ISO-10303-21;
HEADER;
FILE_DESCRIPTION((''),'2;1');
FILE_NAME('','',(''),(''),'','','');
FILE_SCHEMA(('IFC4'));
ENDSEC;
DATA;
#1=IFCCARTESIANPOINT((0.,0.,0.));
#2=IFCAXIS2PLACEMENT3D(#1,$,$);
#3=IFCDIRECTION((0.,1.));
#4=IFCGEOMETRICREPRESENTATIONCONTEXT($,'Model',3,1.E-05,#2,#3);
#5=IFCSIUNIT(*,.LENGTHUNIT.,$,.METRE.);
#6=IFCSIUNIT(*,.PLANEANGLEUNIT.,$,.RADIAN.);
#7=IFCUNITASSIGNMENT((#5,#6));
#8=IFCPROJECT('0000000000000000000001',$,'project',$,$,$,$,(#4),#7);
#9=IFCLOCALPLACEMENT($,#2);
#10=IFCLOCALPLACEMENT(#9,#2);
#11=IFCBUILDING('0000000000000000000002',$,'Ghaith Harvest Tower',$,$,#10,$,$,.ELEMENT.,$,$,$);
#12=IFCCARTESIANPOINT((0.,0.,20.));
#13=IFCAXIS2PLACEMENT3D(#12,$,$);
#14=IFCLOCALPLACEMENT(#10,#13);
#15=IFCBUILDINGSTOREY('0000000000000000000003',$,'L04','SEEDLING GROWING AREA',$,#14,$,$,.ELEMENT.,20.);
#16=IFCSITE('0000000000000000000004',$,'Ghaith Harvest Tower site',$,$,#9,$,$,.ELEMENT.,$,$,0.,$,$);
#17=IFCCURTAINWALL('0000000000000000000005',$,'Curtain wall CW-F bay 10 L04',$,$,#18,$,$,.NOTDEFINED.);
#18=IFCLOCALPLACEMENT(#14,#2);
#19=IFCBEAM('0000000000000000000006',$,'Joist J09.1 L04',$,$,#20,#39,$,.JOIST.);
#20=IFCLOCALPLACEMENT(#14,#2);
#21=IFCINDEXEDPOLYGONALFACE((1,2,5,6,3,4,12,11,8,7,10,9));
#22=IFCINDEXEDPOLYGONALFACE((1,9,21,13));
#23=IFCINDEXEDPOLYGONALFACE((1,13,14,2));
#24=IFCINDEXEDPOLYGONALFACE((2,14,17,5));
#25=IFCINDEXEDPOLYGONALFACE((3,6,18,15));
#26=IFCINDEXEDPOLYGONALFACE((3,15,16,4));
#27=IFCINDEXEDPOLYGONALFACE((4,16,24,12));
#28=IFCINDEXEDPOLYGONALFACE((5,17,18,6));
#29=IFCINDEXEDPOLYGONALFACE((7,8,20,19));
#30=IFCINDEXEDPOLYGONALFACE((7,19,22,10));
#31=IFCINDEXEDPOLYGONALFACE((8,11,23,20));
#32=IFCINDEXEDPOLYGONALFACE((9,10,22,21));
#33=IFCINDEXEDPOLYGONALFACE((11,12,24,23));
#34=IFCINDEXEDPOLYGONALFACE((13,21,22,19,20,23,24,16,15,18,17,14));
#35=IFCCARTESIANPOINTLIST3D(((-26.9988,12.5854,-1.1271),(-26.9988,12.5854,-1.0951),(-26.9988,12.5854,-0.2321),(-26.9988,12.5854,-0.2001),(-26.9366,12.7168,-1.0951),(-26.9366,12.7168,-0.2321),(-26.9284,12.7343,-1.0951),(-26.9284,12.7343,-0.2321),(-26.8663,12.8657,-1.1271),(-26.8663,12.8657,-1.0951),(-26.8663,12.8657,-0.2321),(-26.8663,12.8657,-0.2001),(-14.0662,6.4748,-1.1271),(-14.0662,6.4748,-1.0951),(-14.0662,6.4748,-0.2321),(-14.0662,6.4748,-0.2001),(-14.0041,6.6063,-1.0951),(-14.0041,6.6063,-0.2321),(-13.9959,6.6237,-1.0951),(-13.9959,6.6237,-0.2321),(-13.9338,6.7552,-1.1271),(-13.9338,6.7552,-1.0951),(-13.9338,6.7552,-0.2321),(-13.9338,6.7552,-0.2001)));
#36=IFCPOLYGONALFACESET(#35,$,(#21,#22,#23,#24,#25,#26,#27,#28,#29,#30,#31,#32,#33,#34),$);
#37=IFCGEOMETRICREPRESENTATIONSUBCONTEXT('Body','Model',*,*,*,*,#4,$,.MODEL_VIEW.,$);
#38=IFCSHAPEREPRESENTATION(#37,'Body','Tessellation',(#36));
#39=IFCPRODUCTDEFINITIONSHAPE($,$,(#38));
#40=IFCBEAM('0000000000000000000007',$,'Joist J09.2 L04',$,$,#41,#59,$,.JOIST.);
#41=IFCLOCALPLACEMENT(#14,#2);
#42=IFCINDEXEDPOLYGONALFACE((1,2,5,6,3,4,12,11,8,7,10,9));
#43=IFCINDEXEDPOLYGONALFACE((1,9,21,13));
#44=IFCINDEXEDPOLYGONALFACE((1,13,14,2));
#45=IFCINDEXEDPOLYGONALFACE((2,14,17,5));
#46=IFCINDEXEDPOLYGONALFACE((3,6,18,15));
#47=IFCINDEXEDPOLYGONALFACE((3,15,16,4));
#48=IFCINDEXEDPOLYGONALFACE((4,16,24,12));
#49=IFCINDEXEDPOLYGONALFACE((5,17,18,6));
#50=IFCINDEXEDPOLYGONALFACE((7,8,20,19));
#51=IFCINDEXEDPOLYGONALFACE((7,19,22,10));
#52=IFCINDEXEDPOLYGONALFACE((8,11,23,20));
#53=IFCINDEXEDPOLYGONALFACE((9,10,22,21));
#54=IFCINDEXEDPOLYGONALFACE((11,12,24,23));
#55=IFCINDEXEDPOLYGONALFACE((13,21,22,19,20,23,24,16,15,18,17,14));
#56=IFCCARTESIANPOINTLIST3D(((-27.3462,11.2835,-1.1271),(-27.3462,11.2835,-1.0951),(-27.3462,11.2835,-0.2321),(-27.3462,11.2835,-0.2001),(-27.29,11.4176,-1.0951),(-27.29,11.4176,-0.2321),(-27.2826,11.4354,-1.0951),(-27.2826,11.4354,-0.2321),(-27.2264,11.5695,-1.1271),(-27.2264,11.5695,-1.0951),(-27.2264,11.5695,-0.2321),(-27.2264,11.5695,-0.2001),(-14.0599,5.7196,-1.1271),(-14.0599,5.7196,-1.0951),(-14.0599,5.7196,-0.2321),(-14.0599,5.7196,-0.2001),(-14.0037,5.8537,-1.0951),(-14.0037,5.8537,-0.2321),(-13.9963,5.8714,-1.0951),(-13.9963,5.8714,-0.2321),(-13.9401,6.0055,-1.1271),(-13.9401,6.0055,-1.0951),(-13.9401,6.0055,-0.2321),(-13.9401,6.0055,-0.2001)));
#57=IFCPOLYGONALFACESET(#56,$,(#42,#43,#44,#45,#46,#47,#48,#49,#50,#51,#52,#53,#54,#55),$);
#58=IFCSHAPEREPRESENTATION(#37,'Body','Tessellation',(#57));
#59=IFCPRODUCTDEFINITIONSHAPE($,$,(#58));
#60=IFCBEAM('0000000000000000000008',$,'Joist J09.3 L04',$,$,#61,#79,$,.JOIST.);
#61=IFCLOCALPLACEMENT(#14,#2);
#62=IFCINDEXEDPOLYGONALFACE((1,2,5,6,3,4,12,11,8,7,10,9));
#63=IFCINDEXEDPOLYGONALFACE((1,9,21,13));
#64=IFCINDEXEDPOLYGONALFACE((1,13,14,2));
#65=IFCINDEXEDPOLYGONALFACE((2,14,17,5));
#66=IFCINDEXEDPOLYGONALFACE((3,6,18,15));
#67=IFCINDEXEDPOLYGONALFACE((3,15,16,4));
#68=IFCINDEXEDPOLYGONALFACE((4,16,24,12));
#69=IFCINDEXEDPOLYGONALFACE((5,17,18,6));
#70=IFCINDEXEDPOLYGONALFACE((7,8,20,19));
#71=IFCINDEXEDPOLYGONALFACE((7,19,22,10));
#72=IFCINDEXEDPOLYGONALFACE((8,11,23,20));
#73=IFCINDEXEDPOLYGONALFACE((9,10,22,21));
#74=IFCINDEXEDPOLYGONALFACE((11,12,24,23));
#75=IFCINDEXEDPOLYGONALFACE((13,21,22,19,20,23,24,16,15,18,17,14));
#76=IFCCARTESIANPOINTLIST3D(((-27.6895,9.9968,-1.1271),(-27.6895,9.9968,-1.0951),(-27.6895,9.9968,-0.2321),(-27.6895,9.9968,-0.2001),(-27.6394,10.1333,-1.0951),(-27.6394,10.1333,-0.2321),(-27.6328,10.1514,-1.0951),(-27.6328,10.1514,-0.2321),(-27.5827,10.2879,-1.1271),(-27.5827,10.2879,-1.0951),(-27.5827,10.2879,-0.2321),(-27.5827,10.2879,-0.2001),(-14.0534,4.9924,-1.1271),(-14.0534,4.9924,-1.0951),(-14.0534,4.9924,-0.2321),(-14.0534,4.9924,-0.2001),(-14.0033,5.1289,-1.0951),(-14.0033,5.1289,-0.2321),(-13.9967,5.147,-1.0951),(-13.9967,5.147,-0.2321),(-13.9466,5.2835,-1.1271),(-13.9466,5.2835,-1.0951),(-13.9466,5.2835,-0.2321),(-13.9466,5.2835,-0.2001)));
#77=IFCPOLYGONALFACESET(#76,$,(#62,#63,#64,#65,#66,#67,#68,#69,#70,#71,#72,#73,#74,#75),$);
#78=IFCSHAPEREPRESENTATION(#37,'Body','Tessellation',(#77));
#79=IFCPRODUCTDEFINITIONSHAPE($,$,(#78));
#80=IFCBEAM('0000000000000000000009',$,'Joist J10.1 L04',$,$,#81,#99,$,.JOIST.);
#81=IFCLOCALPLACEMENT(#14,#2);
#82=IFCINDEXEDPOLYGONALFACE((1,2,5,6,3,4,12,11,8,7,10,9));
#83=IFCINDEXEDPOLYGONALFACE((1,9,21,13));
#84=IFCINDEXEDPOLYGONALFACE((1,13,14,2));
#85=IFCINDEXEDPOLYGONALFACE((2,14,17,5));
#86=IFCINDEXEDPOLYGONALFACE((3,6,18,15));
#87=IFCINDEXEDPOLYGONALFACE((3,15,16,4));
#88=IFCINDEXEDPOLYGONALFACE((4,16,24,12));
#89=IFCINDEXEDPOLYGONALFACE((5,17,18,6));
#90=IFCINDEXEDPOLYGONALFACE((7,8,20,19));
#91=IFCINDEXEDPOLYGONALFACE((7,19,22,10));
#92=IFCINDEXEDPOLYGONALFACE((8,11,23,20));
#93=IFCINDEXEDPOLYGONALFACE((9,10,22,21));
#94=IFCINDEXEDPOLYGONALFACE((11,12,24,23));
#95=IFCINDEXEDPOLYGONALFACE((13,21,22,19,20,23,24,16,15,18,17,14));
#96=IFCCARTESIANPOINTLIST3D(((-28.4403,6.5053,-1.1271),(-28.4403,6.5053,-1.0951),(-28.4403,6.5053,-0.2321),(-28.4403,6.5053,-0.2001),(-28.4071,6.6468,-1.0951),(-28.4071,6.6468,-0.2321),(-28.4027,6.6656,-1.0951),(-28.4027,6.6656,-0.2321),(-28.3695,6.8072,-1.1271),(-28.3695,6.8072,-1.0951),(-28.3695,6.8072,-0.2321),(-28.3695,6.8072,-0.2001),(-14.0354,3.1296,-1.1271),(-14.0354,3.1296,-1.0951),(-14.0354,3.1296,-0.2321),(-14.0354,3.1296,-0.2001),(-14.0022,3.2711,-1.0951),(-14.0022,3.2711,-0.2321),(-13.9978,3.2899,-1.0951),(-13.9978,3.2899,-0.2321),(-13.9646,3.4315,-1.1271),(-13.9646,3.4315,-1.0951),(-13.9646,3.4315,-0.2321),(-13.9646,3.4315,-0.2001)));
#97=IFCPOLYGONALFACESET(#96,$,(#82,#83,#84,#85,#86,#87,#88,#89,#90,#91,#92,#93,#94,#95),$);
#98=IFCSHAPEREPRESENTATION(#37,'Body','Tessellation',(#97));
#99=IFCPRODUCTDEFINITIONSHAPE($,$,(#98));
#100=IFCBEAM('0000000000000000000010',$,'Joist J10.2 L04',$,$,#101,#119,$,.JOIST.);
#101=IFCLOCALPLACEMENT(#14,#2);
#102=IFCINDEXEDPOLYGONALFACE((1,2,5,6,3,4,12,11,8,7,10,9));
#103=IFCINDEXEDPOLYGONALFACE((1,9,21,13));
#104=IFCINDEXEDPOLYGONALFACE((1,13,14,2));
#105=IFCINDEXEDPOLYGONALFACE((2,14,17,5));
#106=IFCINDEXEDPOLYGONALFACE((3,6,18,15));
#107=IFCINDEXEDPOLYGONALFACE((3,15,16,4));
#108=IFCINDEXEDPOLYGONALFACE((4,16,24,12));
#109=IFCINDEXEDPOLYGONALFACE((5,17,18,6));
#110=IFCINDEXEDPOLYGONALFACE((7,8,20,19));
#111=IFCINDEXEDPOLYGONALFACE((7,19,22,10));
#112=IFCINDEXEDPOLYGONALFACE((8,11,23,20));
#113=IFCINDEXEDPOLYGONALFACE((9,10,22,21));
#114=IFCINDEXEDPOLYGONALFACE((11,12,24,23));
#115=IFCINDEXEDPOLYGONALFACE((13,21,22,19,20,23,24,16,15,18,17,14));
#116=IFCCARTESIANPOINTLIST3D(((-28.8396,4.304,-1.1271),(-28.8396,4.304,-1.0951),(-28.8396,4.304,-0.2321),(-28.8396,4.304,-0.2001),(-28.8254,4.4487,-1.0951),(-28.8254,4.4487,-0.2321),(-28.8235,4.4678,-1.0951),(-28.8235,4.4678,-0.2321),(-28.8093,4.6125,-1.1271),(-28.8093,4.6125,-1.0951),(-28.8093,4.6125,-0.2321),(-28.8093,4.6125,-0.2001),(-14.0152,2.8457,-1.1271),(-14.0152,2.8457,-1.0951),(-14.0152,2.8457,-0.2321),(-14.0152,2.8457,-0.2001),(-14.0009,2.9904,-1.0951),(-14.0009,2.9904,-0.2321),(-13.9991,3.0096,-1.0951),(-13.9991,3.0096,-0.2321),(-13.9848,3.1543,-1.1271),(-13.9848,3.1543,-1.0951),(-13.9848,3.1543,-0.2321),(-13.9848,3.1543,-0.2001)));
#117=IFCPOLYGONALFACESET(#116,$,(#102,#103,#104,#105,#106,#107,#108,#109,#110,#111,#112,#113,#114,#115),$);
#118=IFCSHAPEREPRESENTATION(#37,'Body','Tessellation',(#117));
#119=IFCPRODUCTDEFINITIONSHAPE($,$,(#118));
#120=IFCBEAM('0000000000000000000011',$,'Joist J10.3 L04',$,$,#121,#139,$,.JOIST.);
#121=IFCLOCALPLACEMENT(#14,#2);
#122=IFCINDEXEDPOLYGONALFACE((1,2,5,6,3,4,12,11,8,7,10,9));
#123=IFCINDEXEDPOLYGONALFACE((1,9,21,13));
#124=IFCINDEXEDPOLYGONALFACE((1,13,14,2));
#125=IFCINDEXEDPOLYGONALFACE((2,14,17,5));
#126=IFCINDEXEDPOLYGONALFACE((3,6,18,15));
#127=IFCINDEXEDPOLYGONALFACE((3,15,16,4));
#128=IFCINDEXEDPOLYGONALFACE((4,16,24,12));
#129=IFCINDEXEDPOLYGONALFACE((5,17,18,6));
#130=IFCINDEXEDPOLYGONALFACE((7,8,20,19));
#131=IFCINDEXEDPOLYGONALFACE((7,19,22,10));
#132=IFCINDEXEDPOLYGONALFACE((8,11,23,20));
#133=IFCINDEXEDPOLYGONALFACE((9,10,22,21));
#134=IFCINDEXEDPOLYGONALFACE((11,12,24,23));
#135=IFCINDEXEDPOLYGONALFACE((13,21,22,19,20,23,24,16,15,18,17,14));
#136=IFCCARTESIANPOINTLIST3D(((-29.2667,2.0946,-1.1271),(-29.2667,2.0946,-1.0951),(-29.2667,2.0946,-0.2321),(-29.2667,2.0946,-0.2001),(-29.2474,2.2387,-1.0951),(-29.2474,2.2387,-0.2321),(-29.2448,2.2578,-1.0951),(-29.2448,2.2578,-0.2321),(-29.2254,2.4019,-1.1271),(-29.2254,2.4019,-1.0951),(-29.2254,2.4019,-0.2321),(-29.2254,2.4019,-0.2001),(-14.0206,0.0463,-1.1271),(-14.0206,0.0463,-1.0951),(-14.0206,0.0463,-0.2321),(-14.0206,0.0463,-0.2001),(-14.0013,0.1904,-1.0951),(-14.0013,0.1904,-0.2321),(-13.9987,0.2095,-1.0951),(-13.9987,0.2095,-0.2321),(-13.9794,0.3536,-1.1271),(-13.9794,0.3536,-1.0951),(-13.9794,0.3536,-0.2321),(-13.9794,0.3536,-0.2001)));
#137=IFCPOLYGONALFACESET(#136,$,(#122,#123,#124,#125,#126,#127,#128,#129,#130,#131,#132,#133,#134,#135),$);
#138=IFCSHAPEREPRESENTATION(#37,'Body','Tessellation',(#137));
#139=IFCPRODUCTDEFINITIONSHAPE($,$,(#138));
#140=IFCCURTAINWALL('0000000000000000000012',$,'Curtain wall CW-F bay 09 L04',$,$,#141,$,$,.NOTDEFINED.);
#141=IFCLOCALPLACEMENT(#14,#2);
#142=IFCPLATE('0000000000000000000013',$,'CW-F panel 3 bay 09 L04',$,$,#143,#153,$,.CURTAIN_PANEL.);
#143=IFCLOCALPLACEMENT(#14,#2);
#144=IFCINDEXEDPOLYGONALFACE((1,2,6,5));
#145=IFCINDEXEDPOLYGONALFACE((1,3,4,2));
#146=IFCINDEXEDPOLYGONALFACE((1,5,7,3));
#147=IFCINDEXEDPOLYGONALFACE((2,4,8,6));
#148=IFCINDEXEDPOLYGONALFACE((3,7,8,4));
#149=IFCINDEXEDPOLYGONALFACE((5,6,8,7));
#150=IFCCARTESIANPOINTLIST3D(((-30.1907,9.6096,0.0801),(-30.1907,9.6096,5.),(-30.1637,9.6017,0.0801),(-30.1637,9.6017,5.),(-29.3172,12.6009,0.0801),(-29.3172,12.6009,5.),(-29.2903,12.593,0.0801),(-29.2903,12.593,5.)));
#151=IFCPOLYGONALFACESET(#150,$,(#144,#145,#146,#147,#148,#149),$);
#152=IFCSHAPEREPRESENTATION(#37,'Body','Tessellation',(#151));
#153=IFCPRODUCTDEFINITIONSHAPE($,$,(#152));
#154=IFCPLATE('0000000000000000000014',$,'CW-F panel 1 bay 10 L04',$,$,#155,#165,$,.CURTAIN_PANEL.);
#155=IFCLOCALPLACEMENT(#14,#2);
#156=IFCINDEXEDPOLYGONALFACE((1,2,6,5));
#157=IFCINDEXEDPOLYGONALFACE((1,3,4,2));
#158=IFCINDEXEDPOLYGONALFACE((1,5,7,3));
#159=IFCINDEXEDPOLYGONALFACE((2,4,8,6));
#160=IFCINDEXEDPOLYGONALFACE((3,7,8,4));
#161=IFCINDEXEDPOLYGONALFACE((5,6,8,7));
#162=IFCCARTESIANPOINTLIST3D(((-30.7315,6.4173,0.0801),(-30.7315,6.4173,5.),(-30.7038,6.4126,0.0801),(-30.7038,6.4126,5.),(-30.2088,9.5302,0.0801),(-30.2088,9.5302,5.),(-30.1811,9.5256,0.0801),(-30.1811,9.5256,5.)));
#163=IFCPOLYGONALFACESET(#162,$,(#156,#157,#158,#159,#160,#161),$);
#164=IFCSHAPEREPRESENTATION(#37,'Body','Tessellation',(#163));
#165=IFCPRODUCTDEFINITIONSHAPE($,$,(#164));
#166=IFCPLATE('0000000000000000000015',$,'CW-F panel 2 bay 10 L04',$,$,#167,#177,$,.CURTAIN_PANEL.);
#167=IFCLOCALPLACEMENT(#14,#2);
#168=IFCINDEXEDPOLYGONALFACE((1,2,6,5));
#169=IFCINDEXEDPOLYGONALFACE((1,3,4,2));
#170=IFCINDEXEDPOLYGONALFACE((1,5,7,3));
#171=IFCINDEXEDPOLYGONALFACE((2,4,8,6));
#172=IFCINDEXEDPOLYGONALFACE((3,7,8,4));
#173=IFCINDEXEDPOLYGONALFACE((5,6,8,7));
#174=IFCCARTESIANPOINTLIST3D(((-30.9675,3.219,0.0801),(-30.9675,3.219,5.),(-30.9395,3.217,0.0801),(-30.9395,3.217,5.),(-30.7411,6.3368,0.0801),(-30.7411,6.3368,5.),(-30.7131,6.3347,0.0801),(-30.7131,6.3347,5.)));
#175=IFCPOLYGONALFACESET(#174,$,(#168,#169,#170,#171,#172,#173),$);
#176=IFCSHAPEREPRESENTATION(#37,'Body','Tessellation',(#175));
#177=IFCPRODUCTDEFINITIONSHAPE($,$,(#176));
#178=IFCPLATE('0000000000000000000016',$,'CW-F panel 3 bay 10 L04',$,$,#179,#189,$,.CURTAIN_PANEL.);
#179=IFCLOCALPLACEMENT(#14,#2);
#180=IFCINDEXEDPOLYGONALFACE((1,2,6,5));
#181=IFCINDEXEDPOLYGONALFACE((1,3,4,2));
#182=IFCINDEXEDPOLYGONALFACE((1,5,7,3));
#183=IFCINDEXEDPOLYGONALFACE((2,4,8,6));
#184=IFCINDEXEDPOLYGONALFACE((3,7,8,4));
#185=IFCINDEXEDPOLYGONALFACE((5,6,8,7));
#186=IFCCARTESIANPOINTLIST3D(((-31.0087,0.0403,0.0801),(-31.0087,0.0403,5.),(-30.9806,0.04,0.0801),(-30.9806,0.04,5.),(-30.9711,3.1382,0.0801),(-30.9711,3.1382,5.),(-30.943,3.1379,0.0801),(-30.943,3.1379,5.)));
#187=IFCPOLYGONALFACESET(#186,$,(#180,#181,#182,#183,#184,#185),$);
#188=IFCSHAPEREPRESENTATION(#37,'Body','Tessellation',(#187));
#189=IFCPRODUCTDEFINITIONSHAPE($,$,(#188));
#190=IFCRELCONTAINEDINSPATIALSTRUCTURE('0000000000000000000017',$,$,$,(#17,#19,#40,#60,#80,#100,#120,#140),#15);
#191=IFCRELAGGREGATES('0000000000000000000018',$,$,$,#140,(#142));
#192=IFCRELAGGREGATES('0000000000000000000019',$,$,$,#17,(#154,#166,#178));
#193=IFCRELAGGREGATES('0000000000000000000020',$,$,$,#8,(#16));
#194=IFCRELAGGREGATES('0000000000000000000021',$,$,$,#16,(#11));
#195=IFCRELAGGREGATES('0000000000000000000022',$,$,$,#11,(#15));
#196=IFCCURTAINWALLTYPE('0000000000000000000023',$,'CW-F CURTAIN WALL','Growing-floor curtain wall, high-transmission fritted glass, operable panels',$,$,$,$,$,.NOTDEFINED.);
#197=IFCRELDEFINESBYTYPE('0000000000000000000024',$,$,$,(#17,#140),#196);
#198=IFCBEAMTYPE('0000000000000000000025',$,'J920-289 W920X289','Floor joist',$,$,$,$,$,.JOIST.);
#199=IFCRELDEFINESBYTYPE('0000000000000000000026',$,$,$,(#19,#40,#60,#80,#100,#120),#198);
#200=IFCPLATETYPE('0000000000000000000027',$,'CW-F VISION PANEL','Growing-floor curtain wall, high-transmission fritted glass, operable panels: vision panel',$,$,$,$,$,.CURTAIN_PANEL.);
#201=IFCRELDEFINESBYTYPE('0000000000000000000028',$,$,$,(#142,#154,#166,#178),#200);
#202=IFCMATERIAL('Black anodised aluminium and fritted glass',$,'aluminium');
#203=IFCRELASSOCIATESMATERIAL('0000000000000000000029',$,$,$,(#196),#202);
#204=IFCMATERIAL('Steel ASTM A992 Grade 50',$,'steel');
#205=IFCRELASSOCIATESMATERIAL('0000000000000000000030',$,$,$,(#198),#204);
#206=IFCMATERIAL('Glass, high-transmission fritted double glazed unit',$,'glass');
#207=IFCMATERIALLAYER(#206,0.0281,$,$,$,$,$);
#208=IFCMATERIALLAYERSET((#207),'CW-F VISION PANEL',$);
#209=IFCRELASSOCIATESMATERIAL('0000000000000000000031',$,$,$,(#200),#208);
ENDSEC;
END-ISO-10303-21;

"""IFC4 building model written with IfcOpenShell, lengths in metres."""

from ifc_helpers import new_model, si_unit, direction, frame, origin, origin_2d, place, context, subcontext, project, spatial, rectangle, i_section, extrude, material, layer, layer_set, material_profile, profile_set, type_object, element, aggregate, save


model = new_model("IFC4")

# Units and contexts
model_context = context("Model", 3, precision=1e-05, world=origin(), true_north=direction((0.0, 1.0)))
body_context = subcontext(model_context, "Body", "Model", "MODEL_VIEW")
ifc_project = project(units=[si_unit("LENGTHUNIT", "METRE"), si_unit("PLANEANGLEUNIT", "RADIAN")], contexts=[model_context])

# Site, building, storey
site_placement = place(None, origin())
site = spatial("IfcSite", under=ifc_project, at=site_placement, Name="Ghaith Harvest Tower site", CompositionType="ELEMENT", RefElevation=0.0)
building_placement = place(site_placement, origin())
building = spatial("IfcBuilding", under=site, at=building_placement, Name="Ghaith Harvest Tower", CompositionType="ELEMENT")
storey_placement = place(building_placement, frame((0.0, 0.0, 20.0)))
storey = spatial("IfcBuildingStorey", under=building, at=storey_placement, Name="L04", Description="SEEDLING GROWING AREA", CompositionType="ELEMENT", Elevation=20.0)

# Curtain wall
ifc_material_1 = material(Name="Black anodised aluminium and fritted glass", Category="aluminium")
curtain_wall_type = type_object("IfcCurtainWallType", Name="CW-F CURTAIN WALL", Description="Growing-floor curtain wall, high-transmission fritted glass, operable panels", PredefinedType="NOTDEFINED", material=ifc_material_1)
curtain_wall_1_placement = place(storey_placement, origin())
curtain_wall_1 = element("IfcCurtainWall", 1, at=curtain_wall_1_placement, inside=storey, type_object=curtain_wall_type, Name="Curtain wall CW-F bay 10 L04", PredefinedType="NOTDEFINED")

# Beams
ifc_material_2 = material(Name="Steel ASTM A992 Grade 50", Category="steel")
ifc_material_profile_1 = material_profile(ifc_material_2, i_section(OverallWidth=0.3101, OverallDepth=0.927, WebThickness=0.0193, FlangeThickness=0.032, at=origin_2d()), Name="W920X289")
ifc_profile_set_1 = profile_set([ifc_material_profile_1], Name="Steel ASTM A992 Grade 50")
beam_type_1 = type_object("IfcBeamType", Name="J920-289 W920X289", Description="Floor joist", PredefinedType="JOIST", material=ifc_profile_set_1)
beam_1_placement = place(storey_placement, frame((-14.0, 6.615, -0.6636), z_axis=(-0.904153, 0.427208, 0.0), x_axis=(-0.427208, -0.904153, 0.0)))
element("IfcBeam", 2, at=beam_1_placement, inside=storey, type_object=beam_type_1, Name="Joist J09.1 L04", PredefinedType="JOIST", context=body_context, shape_type="SweptSolid", body=[
    extrude(i_section(OverallWidth=0.3101, OverallDepth=0.927, WebThickness=0.0193, FlangeThickness=0.032, at=origin_2d()), origin(), (0.0, 0.0, 1.0), 14.3035),
])
beam_2_placement = place(storey_placement, frame((-14.0, 5.8625, -0.6636), z_axis=(-0.922386, 0.38627, 0.0), x_axis=(-0.38627, -0.922386, 0.0)))
element("IfcBeam", 3, at=beam_2_placement, inside=storey, type_object=beam_type_1, Name="Joist J09.2 L04", PredefinedType="JOIST", context=body_context, shape_type="SweptSolid", body=[
    extrude(i_section(OverallWidth=0.3101, OverallDepth=0.927, WebThickness=0.0193, FlangeThickness=0.032, at=origin_2d()), origin(), (0.0, 0.0, 1.0), 14.4043),
])
beam_3_placement = place(storey_placement, frame((-14.0, 5.1379, -0.6636), z_axis=(-0.938775, 0.34453, 0.0), x_axis=(-0.34453, -0.938775, 0.0)))
element("IfcBeam", 4, at=beam_3_placement, inside=storey, type_object=beam_type_1, Name="Joist J09.3 L04", PredefinedType="JOIST", context=body_context, shape_type="SweptSolid", body=[
    extrude(i_section(OverallWidth=0.3101, OverallDepth=0.927, WebThickness=0.0193, FlangeThickness=0.032, at=origin_2d()), origin(), (0.0, 0.0, 1.0), 14.5254),
])
beam_4_placement = place(storey_placement, frame((-14.0, 3.2805, -0.6636), z_axis=(-0.973623, 0.228163, 0.0), x_axis=(-0.228163, -0.973623, 0.0)))
element("IfcBeam", 5, at=beam_4_placement, inside=storey, type_object=beam_type_1, Name="Joist J10.1 L04", PredefinedType="JOIST", context=body_context, shape_type="SweptSolid", body=[
    extrude(i_section(OverallWidth=0.3101, OverallDepth=0.927, WebThickness=0.0193, FlangeThickness=0.032, at=origin_2d()), origin(), (0.0, 0.0, 1.0), 14.7952),
])
beam_5_placement = place(storey_placement, frame((-14.0, 3.0, -0.6636), z_axis=(-0.995197, 0.097895, 0.0), x_axis=(-0.097895, -0.995197, 0.0)))
element("IfcBeam", 6, at=beam_5_placement, inside=storey, type_object=beam_type_1, Name="Joist J10.2 L04", PredefinedType="JOIST", context=body_context, shape_type="SweptSolid", body=[
    extrude(i_section(OverallWidth=0.3101, OverallDepth=0.927, WebThickness=0.0193, FlangeThickness=0.032, at=origin_2d()), origin(), (0.0, 0.0, 1.0), 14.896),
])
beam_6_placement = place(storey_placement, frame((-14.0, 0.2, -0.6636), z_axis=(-0.991095, 0.133155, 0.0), x_axis=(-0.133155, -0.991095, 0.0)))
element("IfcBeam", 7, at=beam_6_placement, inside=storey, type_object=beam_type_1, Name="Joist J10.3 L04", PredefinedType="JOIST", context=body_context, shape_type="SweptSolid", body=[
    extrude(i_section(OverallWidth=0.3101, OverallDepth=0.927, WebThickness=0.0193, FlangeThickness=0.032, at=origin_2d()), origin(), (0.0, 0.0, 1.0), 15.3831),
])

# Curtain wall, plate
curtain_wall_2_placement = place(storey_placement, origin())
curtain_wall_2 = element("IfcCurtainWall", 8, at=curtain_wall_2_placement, inside=storey, type_object=curtain_wall_type, Name="Curtain wall CW-F bay 09 L04", PredefinedType="NOTDEFINED")
ifc_material_3 = material(Name="Glass, high-transmission fritted double glazed unit", Category="glass")
ifc_layer_1 = layer(ifc_material_3, 0.0281)
ifc_layer_set_1 = layer_set([ifc_layer_1], Name="CW-F VISION PANEL")
plate_type = type_object("IfcPlateType", Name="CW-F VISION PANEL", Description="Growing-floor curtain wall, high-transmission fritted glass, operable panels: vision panel", PredefinedType="CURTAIN_PANEL", material=ifc_layer_set_1)
plate_1_placement = place(storey_placement, frame((-29.7405, 11.1013, 0.0801), z_axis=(0.0, 0.0, 1.0), x_axis=(-0.280297, -0.959913, 0.0)))
plate_1 = element("IfcPlate", 9, at=plate_1_placement, type_object=plate_type, Name="CW-F panel 3 bay 09 L04", PredefinedType="CURTAIN_PANEL", context=body_context, shape_type="SweptSolid", body=[
    extrude(rectangle(XDim=3.1162, YDim=0.0281, at=origin_2d()), origin(), (0.0, 0.0, 1.0), 4.9199),
])
aggregate(curtain_wall_2, [plate_1])

# Plates
plate_2_placement = place(storey_placement, frame((-30.4563, 7.9714, 0.0801), z_axis=(0.0, 0.0, 1.0), x_axis=(-0.165581, -0.986196, 0.0)))
plate_2 = element("IfcPlate", 10, at=plate_2_placement, type_object=plate_type, Name="CW-F panel 1 bay 10 L04", PredefinedType="CURTAIN_PANEL", context=body_context, shape_type="SweptSolid", body=[
    extrude(rectangle(XDim=3.1565, YDim=0.0281, at=origin_2d()), origin(), (0.0, 0.0, 1.0), 4.9199),
])
plate_3_placement = place(storey_placement, frame((-30.8403, 4.7769, 0.0801), z_axis=(0.0, 0.0, 1.0), x_axis=(-0.072421, -0.997374, 0.0)))
plate_3 = element("IfcPlate", 11, at=plate_3_placement, type_object=plate_type, Name="CW-F panel 2 bay 10 L04", PredefinedType="CURTAIN_PANEL", context=body_context, shape_type="SweptSolid", body=[
    extrude(rectangle(XDim=3.126, YDim=0.0281, at=origin_2d()), origin(), (0.0, 0.0, 1.0), 4.9199),
])
plate_4_placement = place(storey_placement, frame((-30.9758, 1.5891, 0.0801), z_axis=(0.0, 0.0, 1.0), x_axis=(-0.012133, -0.999926, 0.0)))
plate_4 = element("IfcPlate", 12, at=plate_4_placement, type_object=plate_type, Name="CW-F panel 3 bay 10 L04", PredefinedType="CURTAIN_PANEL", context=body_context, shape_type="SweptSolid", body=[
    extrude(rectangle(XDim=3.0981, YDim=0.0281, at=origin_2d()), origin(), (0.0, 0.0, 1.0), 4.9199),
])
aggregate(curtain_wall_1, [plate_2, plate_3, plate_4])

save(model, "model.ifc")
